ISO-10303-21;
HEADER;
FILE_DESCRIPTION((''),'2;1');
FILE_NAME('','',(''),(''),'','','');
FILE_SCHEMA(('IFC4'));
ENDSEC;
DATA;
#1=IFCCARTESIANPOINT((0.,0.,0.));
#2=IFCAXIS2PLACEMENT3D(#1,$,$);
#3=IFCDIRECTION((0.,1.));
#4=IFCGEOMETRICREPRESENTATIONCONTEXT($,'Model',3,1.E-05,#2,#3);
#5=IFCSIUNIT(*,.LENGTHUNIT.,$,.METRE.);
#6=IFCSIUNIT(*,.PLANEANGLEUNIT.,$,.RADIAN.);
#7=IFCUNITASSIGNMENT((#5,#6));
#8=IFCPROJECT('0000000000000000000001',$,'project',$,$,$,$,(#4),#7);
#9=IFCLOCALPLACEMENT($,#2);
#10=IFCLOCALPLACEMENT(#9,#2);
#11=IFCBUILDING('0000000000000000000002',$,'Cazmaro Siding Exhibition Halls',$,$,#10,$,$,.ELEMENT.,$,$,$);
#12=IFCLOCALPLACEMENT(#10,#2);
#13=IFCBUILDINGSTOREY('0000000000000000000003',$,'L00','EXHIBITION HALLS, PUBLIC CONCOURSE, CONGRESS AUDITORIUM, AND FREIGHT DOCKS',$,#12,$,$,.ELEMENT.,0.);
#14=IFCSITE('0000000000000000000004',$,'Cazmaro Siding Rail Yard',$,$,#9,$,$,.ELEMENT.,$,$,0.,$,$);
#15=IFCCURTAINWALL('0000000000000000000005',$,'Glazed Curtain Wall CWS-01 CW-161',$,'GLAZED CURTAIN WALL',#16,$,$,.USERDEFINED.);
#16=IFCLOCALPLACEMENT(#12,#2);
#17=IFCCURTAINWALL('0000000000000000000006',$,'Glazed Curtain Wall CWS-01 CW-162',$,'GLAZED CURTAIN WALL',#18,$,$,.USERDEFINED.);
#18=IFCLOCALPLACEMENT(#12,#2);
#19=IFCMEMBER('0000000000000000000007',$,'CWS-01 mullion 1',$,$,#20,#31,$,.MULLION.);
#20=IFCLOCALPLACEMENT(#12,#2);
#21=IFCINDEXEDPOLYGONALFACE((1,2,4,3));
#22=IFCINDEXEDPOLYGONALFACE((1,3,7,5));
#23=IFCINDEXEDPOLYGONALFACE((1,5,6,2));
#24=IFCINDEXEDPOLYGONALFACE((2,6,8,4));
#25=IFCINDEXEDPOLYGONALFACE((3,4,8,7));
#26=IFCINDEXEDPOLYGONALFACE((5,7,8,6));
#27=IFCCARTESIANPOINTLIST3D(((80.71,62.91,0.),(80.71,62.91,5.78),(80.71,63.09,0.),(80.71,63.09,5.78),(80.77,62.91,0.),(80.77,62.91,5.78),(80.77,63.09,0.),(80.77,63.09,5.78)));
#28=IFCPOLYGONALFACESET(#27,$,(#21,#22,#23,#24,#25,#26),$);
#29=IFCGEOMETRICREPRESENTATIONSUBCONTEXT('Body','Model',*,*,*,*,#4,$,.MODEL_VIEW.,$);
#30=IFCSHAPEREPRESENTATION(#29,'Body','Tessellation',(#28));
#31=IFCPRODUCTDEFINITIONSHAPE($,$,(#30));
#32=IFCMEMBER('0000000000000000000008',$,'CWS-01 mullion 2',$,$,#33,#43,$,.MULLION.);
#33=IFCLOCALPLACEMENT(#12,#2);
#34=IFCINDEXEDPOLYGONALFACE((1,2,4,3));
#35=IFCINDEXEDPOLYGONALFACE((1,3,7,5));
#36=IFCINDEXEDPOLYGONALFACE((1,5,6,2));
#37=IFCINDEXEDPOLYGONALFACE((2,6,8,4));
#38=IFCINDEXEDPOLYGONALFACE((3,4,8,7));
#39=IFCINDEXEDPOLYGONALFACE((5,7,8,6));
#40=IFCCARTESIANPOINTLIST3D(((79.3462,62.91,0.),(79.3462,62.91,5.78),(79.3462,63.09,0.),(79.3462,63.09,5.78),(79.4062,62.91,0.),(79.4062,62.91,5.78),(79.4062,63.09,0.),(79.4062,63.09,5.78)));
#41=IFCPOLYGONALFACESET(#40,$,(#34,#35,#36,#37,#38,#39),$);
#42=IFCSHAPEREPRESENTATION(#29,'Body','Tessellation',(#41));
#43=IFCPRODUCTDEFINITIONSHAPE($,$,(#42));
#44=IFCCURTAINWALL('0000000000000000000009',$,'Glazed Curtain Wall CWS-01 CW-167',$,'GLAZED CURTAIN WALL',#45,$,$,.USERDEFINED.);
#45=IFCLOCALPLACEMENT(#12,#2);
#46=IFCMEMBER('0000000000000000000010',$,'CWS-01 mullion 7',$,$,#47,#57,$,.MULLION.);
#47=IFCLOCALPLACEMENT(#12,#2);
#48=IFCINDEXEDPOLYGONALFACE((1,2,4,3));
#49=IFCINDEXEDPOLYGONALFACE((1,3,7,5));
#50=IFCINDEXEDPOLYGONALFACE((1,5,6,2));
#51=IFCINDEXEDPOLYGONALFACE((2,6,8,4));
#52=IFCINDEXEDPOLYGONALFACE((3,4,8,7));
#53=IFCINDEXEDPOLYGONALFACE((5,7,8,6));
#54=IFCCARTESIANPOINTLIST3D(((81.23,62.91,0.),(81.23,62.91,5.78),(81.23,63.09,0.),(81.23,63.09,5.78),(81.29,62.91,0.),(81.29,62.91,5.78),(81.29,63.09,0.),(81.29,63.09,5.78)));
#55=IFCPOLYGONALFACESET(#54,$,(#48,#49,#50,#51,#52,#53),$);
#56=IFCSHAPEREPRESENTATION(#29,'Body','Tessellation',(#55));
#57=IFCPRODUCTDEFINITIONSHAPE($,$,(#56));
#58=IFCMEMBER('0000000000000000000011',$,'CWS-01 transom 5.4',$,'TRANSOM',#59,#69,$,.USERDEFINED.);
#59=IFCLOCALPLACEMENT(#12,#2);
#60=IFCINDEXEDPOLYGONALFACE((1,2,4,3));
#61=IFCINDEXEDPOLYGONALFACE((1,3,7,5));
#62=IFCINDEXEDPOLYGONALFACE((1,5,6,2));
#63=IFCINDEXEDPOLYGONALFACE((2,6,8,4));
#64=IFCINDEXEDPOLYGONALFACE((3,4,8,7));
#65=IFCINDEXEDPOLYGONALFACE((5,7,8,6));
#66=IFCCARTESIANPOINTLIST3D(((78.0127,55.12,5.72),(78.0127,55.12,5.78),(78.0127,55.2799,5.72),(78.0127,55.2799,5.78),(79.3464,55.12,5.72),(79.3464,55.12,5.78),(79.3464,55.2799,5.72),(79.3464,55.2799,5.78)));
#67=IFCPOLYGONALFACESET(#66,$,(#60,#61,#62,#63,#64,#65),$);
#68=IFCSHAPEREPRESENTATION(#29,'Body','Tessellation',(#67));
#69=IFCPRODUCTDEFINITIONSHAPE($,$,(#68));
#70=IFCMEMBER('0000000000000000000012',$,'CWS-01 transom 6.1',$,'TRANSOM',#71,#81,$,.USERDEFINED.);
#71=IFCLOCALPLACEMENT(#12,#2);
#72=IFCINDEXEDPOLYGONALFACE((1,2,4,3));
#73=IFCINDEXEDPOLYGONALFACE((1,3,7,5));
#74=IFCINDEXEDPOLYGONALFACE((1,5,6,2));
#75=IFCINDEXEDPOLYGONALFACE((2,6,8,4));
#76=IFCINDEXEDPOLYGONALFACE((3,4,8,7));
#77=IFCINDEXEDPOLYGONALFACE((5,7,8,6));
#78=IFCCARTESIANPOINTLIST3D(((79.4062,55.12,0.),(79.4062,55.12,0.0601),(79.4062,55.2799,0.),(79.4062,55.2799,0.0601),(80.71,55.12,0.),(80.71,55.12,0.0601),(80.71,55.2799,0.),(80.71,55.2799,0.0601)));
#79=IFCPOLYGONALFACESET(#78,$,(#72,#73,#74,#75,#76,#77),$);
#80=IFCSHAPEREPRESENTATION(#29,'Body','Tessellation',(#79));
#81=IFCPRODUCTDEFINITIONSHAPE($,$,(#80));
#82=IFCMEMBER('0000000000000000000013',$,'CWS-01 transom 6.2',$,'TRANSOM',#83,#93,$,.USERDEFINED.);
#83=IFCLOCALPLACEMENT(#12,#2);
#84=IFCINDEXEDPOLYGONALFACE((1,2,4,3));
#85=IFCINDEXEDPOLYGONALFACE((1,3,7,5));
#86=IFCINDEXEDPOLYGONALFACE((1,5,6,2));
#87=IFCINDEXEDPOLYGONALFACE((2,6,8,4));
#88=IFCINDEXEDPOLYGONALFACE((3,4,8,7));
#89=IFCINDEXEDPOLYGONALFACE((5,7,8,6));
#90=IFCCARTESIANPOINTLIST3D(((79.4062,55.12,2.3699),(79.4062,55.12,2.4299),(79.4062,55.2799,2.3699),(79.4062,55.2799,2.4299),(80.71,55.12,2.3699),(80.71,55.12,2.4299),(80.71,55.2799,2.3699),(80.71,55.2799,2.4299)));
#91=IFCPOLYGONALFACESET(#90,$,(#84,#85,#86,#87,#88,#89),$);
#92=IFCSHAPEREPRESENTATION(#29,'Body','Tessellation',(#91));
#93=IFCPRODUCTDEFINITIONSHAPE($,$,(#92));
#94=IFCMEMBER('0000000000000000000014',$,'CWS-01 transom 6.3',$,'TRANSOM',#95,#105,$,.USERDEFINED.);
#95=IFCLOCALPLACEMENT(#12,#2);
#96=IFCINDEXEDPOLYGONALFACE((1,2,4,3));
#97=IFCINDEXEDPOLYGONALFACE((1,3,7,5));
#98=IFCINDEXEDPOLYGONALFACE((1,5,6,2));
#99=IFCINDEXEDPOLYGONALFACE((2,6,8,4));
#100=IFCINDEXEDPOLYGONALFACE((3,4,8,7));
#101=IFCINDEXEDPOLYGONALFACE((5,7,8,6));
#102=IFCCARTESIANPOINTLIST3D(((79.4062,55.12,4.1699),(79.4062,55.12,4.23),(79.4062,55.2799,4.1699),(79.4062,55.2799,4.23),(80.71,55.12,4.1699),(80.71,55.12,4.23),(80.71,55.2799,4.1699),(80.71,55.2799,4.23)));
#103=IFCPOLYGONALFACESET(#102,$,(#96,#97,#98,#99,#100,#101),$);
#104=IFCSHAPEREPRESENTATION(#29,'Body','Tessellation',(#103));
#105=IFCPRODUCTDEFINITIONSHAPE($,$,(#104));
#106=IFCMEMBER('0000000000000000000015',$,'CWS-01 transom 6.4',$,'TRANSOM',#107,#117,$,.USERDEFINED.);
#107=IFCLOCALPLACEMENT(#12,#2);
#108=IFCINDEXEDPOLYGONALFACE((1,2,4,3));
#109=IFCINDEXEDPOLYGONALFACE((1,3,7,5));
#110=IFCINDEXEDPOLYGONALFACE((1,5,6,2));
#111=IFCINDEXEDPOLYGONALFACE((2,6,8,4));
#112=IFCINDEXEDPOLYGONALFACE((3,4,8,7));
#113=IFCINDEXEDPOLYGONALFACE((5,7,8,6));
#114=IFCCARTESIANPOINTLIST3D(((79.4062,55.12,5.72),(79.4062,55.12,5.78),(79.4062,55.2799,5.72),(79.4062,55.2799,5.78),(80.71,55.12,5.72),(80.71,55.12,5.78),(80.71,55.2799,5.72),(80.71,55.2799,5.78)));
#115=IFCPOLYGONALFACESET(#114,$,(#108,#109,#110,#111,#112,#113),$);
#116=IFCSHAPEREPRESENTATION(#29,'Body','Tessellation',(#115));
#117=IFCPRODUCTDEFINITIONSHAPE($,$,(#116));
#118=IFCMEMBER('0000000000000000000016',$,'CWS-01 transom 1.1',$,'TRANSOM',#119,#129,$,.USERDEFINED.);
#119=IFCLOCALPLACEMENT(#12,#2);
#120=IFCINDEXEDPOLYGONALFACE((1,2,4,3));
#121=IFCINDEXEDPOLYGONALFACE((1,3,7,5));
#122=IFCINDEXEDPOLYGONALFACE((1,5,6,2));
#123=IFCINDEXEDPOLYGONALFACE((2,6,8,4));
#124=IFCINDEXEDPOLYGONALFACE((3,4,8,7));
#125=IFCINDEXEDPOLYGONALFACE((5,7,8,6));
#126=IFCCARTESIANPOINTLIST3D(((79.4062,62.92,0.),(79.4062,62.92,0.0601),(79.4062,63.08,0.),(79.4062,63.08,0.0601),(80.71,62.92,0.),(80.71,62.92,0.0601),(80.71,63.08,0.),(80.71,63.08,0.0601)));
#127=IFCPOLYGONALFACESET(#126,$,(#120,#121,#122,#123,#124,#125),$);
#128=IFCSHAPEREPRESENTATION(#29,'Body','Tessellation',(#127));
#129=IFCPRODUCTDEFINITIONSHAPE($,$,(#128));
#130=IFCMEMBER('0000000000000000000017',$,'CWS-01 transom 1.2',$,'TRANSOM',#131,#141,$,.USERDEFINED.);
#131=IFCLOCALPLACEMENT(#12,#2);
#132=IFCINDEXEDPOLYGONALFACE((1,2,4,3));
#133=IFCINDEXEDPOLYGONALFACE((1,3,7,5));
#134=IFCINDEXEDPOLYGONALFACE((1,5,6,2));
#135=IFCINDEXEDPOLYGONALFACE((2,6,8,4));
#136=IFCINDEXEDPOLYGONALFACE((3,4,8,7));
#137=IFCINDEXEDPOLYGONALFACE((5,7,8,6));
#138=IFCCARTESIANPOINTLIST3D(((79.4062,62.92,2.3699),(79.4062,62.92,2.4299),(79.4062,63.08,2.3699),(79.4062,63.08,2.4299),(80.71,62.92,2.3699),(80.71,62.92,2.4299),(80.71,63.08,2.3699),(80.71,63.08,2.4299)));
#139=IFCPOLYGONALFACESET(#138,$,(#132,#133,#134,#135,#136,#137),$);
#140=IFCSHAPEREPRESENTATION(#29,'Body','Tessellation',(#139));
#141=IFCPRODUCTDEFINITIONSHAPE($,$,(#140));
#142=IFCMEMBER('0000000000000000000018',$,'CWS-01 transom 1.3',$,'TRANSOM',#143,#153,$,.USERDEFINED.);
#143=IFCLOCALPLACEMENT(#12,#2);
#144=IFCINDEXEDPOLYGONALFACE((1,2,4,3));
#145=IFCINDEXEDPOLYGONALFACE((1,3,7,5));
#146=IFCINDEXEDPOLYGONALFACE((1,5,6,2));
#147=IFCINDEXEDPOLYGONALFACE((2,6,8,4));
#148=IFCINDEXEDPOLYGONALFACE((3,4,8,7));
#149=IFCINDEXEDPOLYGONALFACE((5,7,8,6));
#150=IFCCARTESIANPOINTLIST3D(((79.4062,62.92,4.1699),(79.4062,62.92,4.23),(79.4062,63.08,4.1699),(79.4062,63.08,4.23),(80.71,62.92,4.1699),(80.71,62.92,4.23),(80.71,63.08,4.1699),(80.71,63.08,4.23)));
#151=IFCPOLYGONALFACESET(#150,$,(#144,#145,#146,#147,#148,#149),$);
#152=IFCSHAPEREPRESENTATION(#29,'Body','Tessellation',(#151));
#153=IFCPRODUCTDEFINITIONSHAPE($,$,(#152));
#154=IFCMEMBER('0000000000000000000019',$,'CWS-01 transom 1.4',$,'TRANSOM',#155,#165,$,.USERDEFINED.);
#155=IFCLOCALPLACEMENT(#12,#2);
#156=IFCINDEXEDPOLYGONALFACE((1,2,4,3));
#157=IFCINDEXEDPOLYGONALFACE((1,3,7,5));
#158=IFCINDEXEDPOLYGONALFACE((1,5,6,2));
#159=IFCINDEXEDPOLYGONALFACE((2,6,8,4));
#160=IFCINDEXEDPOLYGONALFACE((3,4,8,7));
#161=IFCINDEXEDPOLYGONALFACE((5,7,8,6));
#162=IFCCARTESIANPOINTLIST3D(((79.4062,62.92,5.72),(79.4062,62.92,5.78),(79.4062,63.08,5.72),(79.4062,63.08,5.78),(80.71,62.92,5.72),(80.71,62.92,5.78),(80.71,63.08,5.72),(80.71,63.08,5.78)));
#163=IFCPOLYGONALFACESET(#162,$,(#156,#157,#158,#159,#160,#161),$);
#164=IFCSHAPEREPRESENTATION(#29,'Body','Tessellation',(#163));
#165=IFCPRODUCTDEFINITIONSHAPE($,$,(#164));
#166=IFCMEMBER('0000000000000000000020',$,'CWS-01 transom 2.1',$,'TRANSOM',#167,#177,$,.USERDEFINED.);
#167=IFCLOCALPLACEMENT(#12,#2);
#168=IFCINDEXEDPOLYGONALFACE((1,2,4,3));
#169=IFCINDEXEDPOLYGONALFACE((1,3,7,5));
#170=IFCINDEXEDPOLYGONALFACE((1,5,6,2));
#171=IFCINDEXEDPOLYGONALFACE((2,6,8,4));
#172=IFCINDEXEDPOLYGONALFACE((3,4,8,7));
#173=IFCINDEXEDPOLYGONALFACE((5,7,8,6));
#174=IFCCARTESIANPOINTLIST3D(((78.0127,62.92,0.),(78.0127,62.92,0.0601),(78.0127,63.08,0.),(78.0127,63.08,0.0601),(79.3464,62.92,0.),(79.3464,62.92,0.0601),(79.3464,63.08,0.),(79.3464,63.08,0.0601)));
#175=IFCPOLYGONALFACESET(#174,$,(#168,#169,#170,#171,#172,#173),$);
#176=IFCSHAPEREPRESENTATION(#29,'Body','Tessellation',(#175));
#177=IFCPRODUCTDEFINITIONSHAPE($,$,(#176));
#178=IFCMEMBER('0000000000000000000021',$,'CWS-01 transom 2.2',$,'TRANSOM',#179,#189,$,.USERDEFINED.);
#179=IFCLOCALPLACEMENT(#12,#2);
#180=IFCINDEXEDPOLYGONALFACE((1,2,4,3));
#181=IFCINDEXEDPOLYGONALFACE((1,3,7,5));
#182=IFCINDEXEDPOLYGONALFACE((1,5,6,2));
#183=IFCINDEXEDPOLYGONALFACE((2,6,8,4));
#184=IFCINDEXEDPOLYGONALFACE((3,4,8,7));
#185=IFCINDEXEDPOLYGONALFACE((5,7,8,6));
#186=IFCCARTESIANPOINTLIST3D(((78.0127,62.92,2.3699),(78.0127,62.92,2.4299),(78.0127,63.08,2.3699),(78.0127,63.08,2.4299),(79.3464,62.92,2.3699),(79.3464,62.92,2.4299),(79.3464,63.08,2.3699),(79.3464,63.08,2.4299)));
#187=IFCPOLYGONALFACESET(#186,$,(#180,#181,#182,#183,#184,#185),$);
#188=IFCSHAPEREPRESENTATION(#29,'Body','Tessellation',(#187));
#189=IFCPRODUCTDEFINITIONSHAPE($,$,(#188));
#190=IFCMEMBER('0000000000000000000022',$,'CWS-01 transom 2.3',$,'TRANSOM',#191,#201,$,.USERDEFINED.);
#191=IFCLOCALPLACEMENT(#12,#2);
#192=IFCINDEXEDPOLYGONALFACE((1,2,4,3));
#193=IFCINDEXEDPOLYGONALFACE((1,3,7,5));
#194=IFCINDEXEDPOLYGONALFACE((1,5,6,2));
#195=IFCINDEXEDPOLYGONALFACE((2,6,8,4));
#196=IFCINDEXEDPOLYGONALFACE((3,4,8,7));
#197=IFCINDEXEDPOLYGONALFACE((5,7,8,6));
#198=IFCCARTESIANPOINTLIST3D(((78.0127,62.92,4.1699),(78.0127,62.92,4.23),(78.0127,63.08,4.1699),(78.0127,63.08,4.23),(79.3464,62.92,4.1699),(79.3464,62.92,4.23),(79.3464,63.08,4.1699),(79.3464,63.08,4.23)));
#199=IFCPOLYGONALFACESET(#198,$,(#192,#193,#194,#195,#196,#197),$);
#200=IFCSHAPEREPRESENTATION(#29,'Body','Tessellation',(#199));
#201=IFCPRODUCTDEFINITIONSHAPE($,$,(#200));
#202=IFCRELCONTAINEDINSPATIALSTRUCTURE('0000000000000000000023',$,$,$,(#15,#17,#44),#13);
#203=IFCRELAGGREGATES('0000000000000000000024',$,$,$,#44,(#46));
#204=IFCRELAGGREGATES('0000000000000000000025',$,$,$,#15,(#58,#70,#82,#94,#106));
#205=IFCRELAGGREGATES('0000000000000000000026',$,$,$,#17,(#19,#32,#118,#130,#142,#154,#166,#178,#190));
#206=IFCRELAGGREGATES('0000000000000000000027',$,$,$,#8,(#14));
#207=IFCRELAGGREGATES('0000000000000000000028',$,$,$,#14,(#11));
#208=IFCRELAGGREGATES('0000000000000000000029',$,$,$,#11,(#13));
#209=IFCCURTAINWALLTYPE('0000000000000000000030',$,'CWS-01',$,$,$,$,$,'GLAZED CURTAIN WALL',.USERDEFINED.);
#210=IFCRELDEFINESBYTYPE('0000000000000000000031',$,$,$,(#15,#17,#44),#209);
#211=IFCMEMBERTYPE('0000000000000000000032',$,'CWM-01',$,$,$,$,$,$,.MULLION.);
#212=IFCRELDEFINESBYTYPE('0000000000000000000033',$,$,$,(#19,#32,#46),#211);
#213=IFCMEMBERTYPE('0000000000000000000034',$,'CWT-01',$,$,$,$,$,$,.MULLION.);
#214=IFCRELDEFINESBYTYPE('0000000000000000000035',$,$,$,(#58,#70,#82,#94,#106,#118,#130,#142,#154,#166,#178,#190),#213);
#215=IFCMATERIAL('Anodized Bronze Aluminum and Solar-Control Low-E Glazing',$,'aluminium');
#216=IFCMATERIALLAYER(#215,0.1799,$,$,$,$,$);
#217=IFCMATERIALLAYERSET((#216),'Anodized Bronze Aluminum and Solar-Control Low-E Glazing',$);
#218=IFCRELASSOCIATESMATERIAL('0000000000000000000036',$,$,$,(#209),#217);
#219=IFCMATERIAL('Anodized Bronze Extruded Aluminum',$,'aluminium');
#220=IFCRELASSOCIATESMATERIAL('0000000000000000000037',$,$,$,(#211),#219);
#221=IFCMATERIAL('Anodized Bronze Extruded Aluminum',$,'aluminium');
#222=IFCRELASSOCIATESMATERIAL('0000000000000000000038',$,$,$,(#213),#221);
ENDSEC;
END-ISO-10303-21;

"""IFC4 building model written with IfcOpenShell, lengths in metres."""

from ifc_helpers import new_model, si_unit, direction, frame, origin, origin_2d, place, context, subcontext, project, spatial, rectangle, extrude, material, layer, layer_set, material_profile, profile_set, type_object, element, aggregate, save


model = new_model("IFC4")

# Units and contexts
model_context = context("Model", 3, precision=1e-05, world=origin(), true_north=direction((0.0, 1.0)))
body_context = subcontext(model_context, "Body", "Model", "MODEL_VIEW")
ifc_project = project(units=[si_unit("LENGTHUNIT", "METRE"), si_unit("PLANEANGLEUNIT", "RADIAN")], contexts=[model_context])

# Site, building, storey
site_placement = place(None, origin())
site = spatial("IfcSite", under=ifc_project, at=site_placement, Name="Cazmaro Siding Rail Yard", CompositionType="ELEMENT", RefElevation=0.0)
building_placement = place(site_placement, origin())
building = spatial("IfcBuilding", under=site, at=building_placement, Name="Cazmaro Siding Exhibition Halls", CompositionType="ELEMENT")
storey_placement = place(building_placement, origin())
storey = spatial("IfcBuildingStorey", under=building, at=storey_placement, Name="L00", Description="EXHIBITION HALLS, PUBLIC CONCOURSE, CONGRESS AUDITORIUM, AND FREIGHT DOCKS", CompositionType="ELEMENT", Elevation=0.0)

# Curtain walls, members
ifc_material_1 = material(Name="Anodized Bronze Aluminum and Solar-Control Low-E Glazing", Category="aluminium")
ifc_layer_1 = layer(ifc_material_1, 0.1799)
ifc_layer_set_1 = layer_set([ifc_layer_1], Name="Anodized Bronze Aluminum and Solar-Control Low-E Glazing")
curtain_wall_type = type_object("IfcCurtainWallType", Name="CWS-01", ElementType="GLAZED CURTAIN WALL", PredefinedType="USERDEFINED", material=ifc_layer_set_1)
curtain_wall_1_placement = place(storey_placement, origin())
curtain_wall_1 = element("IfcCurtainWall", 1, at=curtain_wall_1_placement, inside=storey, type_object=curtain_wall_type, Name="Glazed Curtain Wall CWS-01 CW-161", ObjectType="GLAZED CURTAIN WALL", PredefinedType="USERDEFINED")
ifc_material_2 = material(Name="Anodized Bronze Extruded Aluminum", Category="aluminium")
ifc_material_profile_1 = material_profile(ifc_material_2, rectangle(XDim=0.1799, YDim=0.0601, at=origin_2d()), Name="CWM-01")
ifc_profile_set_1 = profile_set([ifc_material_profile_1], Name="Anodized Bronze Extruded Aluminum")
member_type_1 = type_object("IfcMemberType", Name="CWM-01", PredefinedType="MULLION", material=ifc_profile_set_1)
curtain_wall_2_placement = place(storey_placement, origin())
curtain_wall_2 = element("IfcCurtainWall", 2, at=curtain_wall_2_placement, inside=storey, type_object=curtain_wall_type, Name="Glazed Curtain Wall CWS-01 CW-162", ObjectType="GLAZED CURTAIN WALL", PredefinedType="USERDEFINED")
member_1_placement = place(storey_placement, frame((80.74, 63.0, 0.0), z_axis=(0.0, 0.0, 1.0), x_axis=(0.0, -1.0, 0.0)))
member_1 = element("IfcMember", 3, at=member_1_placement, type_object=member_type_1, Name="CWS-01 mullion 1", PredefinedType="MULLION", context=body_context, shape_type="SweptSolid", body=[
    extrude(rectangle(XDim=0.1799, YDim=0.0601, at=origin_2d()), origin(), (0.0, 0.0, 1.0), 5.78),
])
member_2_placement = place(storey_placement, frame((79.3762, 63.0, 0.0), z_axis=(0.0, 0.0, 1.0), x_axis=(0.0, -1.0, 0.0)))
member_2 = element("IfcMember", 4, at=member_2_placement, type_object=member_type_1, Name="CWS-01 mullion 2", PredefinedType="MULLION", context=body_context, shape_type="SweptSolid", body=[
    extrude(rectangle(XDim=0.1799, YDim=0.0601, at=origin_2d()), origin(), (0.0, 0.0, 1.0), 5.78),
])

# Curtain wall, member
curtain_wall_3_placement = place(storey_placement, origin())
curtain_wall_3 = element("IfcCurtainWall", 5, at=curtain_wall_3_placement, inside=storey, type_object=curtain_wall_type, Name="Glazed Curtain Wall CWS-01 CW-167", ObjectType="GLAZED CURTAIN WALL", PredefinedType="USERDEFINED")
member_3_placement = place(storey_placement, frame((81.26, 63.0, 0.0), z_axis=(0.0, 0.0, 1.0), x_axis=(0.0, -1.0, 0.0)))
member_3 = element("IfcMember", 6, at=member_3_placement, type_object=member_type_1, Name="CWS-01 mullion 7", PredefinedType="MULLION", context=body_context, shape_type="SweptSolid", body=[
    extrude(rectangle(XDim=0.1799, YDim=0.0601, at=origin_2d()), origin(), (0.0, 0.0, 1.0), 5.78),
])
aggregate(curtain_wall_3, [member_3])

# Members
ifc_material_3 = material(Name="Anodized Bronze Extruded Aluminum", Category="aluminium")
ifc_material_profile_2 = material_profile(ifc_material_3, rectangle(XDim=0.1599, YDim=0.0601, at=origin_2d()), Name="CWT-01")
ifc_profile_set_2 = profile_set([ifc_material_profile_2], Name="Anodized Bronze Extruded Aluminum")
member_type_2 = type_object("IfcMemberType", Name="CWT-01", PredefinedType="MULLION", material=ifc_profile_set_2)
member_4_placement = place(storey_placement, frame((78.0127, 55.2, 5.75), z_axis=(1.0, 0.0, 0.0), x_axis=(0.0, 1.0, 0.0)))
member_4 = element("IfcMember", 7, at=member_4_placement, type_object=member_type_2, Name="CWS-01 transom 5.4", ObjectType="TRANSOM", PredefinedType="USERDEFINED", context=body_context, shape_type="SweptSolid", body=[
    extrude(rectangle(XDim=0.1599, YDim=0.0601, at=origin_2d()), origin(), (0.0, 0.0, 1.0), 1.3337),
])
member_5_placement = place(storey_placement, frame((79.4062, 55.2, 0.03), z_axis=(1.0, 0.0, 0.0), x_axis=(0.0, 1.0, 0.0)))
member_5 = element("IfcMember", 8, at=member_5_placement, type_object=member_type_2, Name="CWS-01 transom 6.1", ObjectType="TRANSOM", PredefinedType="USERDEFINED", context=body_context, shape_type="SweptSolid", body=[
    extrude(rectangle(XDim=0.1599, YDim=0.0601, at=origin_2d()), origin(), (0.0, 0.0, 1.0), 1.3037),
])
member_6_placement = place(storey_placement, frame((79.4062, 55.2, 2.3999), z_axis=(1.0, 0.0, 0.0), x_axis=(0.0, 1.0, 0.0)))
member_6 = element("IfcMember", 9, at=member_6_placement, type_object=member_type_2, Name="CWS-01 transom 6.2", ObjectType="TRANSOM", PredefinedType="USERDEFINED", context=body_context, shape_type="SweptSolid", body=[
    extrude(rectangle(XDim=0.1599, YDim=0.0601, at=origin_2d()), origin(), (0.0, 0.0, 1.0), 1.3037),
])
member_7_placement = place(storey_placement, frame((79.4062, 55.2, 4.2), z_axis=(1.0, 0.0, 0.0), x_axis=(0.0, 1.0, 0.0)))
member_7 = element("IfcMember", 10, at=member_7_placement, type_object=member_type_2, Name="CWS-01 transom 6.3", ObjectType="TRANSOM", PredefinedType="USERDEFINED", context=body_context, shape_type="SweptSolid", body=[
    extrude(rectangle(XDim=0.1599, YDim=0.0601, at=origin_2d()), origin(), (0.0, 0.0, 1.0), 1.3037),
])
member_8_placement = place(storey_placement, frame((79.4062, 55.2, 5.75), z_axis=(1.0, 0.0, 0.0), x_axis=(0.0, 1.0, 0.0)))
member_8 = element("IfcMember", 11, at=member_8_placement, type_object=member_type_2, Name="CWS-01 transom 6.4", ObjectType="TRANSOM", PredefinedType="USERDEFINED", context=body_context, shape_type="SweptSolid", body=[
    extrude(rectangle(XDim=0.1599, YDim=0.0601, at=origin_2d()), origin(), (0.0, 0.0, 1.0), 1.3037),
])
member_9_placement = place(storey_placement, frame((80.71, 63.0, 0.03), z_axis=(-1.0, 0.0, 0.0), x_axis=(0.0, -1.0, 0.0)))
member_9 = element("IfcMember", 12, at=member_9_placement, type_object=member_type_2, Name="CWS-01 transom 1.1", ObjectType="TRANSOM", PredefinedType="USERDEFINED", context=body_context, shape_type="SweptSolid", body=[
    extrude(rectangle(XDim=0.1599, YDim=0.0601, at=origin_2d()), origin(), (0.0, 0.0, 1.0), 1.3037),
])
member_10_placement = place(storey_placement, frame((80.71, 63.0, 2.3999), z_axis=(-1.0, 0.0, 0.0), x_axis=(0.0, -1.0, 0.0)))
member_10 = element("IfcMember", 13, at=member_10_placement, type_object=member_type_2, Name="CWS-01 transom 1.2", ObjectType="TRANSOM", PredefinedType="USERDEFINED", context=body_context, shape_type="SweptSolid", body=[
    extrude(rectangle(XDim=0.1599, YDim=0.0601, at=origin_2d()), origin(), (0.0, 0.0, 1.0), 1.3037),
])
member_11_placement = place(storey_placement, frame((80.71, 63.0, 4.2), z_axis=(-1.0, 0.0, 0.0), x_axis=(0.0, -1.0, 0.0)))
member_11 = element("IfcMember", 14, at=member_11_placement, type_object=member_type_2, Name="CWS-01 transom 1.3", ObjectType="TRANSOM", PredefinedType="USERDEFINED", context=body_context, shape_type="SweptSolid", body=[
    extrude(rectangle(XDim=0.1599, YDim=0.0601, at=origin_2d()), origin(), (0.0, 0.0, 1.0), 1.3037),
])
member_12_placement = place(storey_placement, frame((80.71, 63.0, 5.75), z_axis=(-1.0, 0.0, 0.0), x_axis=(0.0, -1.0, 0.0)))
member_12 = element("IfcMember", 15, at=member_12_placement, type_object=member_type_2, Name="CWS-01 transom 1.4", ObjectType="TRANSOM", PredefinedType="USERDEFINED", context=body_context, shape_type="SweptSolid", body=[
    extrude(rectangle(XDim=0.1599, YDim=0.0601, at=origin_2d()), origin(), (0.0, 0.0, 1.0), 1.3037),
])
member_13_placement = place(storey_placement, frame((79.3464, 63.0, 0.03), z_axis=(-1.0, 0.0, 0.0), x_axis=(0.0, -1.0, 0.0)))
member_13 = element("IfcMember", 16, at=member_13_placement, type_object=member_type_2, Name="CWS-01 transom 2.1", ObjectType="TRANSOM", PredefinedType="USERDEFINED", context=body_context, shape_type="SweptSolid", body=[
    extrude(rectangle(XDim=0.1599, YDim=0.0601, at=origin_2d()), origin(), (0.0, 0.0, 1.0), 1.3337),
])
member_14_placement = place(storey_placement, frame((79.3464, 63.0, 2.3999), z_axis=(-1.0, 0.0, 0.0), x_axis=(0.0, -1.0, 0.0)))
member_14 = element("IfcMember", 17, at=member_14_placement, type_object=member_type_2, Name="CWS-01 transom 2.2", ObjectType="TRANSOM", PredefinedType="USERDEFINED", context=body_context, shape_type="SweptSolid", body=[
    extrude(rectangle(XDim=0.1599, YDim=0.0601, at=origin_2d()), origin(), (0.0, 0.0, 1.0), 1.3337),
])
member_15_placement = place(storey_placement, frame((79.3464, 63.0, 4.2), z_axis=(-1.0, 0.0, 0.0), x_axis=(0.0, -1.0, 0.0)))
member_15 = element("IfcMember", 18, at=member_15_placement, type_object=member_type_2, Name="CWS-01 transom 2.3", ObjectType="TRANSOM", PredefinedType="USERDEFINED", context=body_context, shape_type="SweptSolid", body=[
    extrude(rectangle(XDim=0.1599, YDim=0.0601, at=origin_2d()), origin(), (0.0, 0.0, 1.0), 1.3337),
])

aggregate(curtain_wall_1, [member_4, member_5, member_6, member_7, member_8])
aggregate(curtain_wall_2, [member_1, member_2, member_9, member_10, member_11, member_12, member_13, member_14, member_15])

save(model, "model.ifc")
